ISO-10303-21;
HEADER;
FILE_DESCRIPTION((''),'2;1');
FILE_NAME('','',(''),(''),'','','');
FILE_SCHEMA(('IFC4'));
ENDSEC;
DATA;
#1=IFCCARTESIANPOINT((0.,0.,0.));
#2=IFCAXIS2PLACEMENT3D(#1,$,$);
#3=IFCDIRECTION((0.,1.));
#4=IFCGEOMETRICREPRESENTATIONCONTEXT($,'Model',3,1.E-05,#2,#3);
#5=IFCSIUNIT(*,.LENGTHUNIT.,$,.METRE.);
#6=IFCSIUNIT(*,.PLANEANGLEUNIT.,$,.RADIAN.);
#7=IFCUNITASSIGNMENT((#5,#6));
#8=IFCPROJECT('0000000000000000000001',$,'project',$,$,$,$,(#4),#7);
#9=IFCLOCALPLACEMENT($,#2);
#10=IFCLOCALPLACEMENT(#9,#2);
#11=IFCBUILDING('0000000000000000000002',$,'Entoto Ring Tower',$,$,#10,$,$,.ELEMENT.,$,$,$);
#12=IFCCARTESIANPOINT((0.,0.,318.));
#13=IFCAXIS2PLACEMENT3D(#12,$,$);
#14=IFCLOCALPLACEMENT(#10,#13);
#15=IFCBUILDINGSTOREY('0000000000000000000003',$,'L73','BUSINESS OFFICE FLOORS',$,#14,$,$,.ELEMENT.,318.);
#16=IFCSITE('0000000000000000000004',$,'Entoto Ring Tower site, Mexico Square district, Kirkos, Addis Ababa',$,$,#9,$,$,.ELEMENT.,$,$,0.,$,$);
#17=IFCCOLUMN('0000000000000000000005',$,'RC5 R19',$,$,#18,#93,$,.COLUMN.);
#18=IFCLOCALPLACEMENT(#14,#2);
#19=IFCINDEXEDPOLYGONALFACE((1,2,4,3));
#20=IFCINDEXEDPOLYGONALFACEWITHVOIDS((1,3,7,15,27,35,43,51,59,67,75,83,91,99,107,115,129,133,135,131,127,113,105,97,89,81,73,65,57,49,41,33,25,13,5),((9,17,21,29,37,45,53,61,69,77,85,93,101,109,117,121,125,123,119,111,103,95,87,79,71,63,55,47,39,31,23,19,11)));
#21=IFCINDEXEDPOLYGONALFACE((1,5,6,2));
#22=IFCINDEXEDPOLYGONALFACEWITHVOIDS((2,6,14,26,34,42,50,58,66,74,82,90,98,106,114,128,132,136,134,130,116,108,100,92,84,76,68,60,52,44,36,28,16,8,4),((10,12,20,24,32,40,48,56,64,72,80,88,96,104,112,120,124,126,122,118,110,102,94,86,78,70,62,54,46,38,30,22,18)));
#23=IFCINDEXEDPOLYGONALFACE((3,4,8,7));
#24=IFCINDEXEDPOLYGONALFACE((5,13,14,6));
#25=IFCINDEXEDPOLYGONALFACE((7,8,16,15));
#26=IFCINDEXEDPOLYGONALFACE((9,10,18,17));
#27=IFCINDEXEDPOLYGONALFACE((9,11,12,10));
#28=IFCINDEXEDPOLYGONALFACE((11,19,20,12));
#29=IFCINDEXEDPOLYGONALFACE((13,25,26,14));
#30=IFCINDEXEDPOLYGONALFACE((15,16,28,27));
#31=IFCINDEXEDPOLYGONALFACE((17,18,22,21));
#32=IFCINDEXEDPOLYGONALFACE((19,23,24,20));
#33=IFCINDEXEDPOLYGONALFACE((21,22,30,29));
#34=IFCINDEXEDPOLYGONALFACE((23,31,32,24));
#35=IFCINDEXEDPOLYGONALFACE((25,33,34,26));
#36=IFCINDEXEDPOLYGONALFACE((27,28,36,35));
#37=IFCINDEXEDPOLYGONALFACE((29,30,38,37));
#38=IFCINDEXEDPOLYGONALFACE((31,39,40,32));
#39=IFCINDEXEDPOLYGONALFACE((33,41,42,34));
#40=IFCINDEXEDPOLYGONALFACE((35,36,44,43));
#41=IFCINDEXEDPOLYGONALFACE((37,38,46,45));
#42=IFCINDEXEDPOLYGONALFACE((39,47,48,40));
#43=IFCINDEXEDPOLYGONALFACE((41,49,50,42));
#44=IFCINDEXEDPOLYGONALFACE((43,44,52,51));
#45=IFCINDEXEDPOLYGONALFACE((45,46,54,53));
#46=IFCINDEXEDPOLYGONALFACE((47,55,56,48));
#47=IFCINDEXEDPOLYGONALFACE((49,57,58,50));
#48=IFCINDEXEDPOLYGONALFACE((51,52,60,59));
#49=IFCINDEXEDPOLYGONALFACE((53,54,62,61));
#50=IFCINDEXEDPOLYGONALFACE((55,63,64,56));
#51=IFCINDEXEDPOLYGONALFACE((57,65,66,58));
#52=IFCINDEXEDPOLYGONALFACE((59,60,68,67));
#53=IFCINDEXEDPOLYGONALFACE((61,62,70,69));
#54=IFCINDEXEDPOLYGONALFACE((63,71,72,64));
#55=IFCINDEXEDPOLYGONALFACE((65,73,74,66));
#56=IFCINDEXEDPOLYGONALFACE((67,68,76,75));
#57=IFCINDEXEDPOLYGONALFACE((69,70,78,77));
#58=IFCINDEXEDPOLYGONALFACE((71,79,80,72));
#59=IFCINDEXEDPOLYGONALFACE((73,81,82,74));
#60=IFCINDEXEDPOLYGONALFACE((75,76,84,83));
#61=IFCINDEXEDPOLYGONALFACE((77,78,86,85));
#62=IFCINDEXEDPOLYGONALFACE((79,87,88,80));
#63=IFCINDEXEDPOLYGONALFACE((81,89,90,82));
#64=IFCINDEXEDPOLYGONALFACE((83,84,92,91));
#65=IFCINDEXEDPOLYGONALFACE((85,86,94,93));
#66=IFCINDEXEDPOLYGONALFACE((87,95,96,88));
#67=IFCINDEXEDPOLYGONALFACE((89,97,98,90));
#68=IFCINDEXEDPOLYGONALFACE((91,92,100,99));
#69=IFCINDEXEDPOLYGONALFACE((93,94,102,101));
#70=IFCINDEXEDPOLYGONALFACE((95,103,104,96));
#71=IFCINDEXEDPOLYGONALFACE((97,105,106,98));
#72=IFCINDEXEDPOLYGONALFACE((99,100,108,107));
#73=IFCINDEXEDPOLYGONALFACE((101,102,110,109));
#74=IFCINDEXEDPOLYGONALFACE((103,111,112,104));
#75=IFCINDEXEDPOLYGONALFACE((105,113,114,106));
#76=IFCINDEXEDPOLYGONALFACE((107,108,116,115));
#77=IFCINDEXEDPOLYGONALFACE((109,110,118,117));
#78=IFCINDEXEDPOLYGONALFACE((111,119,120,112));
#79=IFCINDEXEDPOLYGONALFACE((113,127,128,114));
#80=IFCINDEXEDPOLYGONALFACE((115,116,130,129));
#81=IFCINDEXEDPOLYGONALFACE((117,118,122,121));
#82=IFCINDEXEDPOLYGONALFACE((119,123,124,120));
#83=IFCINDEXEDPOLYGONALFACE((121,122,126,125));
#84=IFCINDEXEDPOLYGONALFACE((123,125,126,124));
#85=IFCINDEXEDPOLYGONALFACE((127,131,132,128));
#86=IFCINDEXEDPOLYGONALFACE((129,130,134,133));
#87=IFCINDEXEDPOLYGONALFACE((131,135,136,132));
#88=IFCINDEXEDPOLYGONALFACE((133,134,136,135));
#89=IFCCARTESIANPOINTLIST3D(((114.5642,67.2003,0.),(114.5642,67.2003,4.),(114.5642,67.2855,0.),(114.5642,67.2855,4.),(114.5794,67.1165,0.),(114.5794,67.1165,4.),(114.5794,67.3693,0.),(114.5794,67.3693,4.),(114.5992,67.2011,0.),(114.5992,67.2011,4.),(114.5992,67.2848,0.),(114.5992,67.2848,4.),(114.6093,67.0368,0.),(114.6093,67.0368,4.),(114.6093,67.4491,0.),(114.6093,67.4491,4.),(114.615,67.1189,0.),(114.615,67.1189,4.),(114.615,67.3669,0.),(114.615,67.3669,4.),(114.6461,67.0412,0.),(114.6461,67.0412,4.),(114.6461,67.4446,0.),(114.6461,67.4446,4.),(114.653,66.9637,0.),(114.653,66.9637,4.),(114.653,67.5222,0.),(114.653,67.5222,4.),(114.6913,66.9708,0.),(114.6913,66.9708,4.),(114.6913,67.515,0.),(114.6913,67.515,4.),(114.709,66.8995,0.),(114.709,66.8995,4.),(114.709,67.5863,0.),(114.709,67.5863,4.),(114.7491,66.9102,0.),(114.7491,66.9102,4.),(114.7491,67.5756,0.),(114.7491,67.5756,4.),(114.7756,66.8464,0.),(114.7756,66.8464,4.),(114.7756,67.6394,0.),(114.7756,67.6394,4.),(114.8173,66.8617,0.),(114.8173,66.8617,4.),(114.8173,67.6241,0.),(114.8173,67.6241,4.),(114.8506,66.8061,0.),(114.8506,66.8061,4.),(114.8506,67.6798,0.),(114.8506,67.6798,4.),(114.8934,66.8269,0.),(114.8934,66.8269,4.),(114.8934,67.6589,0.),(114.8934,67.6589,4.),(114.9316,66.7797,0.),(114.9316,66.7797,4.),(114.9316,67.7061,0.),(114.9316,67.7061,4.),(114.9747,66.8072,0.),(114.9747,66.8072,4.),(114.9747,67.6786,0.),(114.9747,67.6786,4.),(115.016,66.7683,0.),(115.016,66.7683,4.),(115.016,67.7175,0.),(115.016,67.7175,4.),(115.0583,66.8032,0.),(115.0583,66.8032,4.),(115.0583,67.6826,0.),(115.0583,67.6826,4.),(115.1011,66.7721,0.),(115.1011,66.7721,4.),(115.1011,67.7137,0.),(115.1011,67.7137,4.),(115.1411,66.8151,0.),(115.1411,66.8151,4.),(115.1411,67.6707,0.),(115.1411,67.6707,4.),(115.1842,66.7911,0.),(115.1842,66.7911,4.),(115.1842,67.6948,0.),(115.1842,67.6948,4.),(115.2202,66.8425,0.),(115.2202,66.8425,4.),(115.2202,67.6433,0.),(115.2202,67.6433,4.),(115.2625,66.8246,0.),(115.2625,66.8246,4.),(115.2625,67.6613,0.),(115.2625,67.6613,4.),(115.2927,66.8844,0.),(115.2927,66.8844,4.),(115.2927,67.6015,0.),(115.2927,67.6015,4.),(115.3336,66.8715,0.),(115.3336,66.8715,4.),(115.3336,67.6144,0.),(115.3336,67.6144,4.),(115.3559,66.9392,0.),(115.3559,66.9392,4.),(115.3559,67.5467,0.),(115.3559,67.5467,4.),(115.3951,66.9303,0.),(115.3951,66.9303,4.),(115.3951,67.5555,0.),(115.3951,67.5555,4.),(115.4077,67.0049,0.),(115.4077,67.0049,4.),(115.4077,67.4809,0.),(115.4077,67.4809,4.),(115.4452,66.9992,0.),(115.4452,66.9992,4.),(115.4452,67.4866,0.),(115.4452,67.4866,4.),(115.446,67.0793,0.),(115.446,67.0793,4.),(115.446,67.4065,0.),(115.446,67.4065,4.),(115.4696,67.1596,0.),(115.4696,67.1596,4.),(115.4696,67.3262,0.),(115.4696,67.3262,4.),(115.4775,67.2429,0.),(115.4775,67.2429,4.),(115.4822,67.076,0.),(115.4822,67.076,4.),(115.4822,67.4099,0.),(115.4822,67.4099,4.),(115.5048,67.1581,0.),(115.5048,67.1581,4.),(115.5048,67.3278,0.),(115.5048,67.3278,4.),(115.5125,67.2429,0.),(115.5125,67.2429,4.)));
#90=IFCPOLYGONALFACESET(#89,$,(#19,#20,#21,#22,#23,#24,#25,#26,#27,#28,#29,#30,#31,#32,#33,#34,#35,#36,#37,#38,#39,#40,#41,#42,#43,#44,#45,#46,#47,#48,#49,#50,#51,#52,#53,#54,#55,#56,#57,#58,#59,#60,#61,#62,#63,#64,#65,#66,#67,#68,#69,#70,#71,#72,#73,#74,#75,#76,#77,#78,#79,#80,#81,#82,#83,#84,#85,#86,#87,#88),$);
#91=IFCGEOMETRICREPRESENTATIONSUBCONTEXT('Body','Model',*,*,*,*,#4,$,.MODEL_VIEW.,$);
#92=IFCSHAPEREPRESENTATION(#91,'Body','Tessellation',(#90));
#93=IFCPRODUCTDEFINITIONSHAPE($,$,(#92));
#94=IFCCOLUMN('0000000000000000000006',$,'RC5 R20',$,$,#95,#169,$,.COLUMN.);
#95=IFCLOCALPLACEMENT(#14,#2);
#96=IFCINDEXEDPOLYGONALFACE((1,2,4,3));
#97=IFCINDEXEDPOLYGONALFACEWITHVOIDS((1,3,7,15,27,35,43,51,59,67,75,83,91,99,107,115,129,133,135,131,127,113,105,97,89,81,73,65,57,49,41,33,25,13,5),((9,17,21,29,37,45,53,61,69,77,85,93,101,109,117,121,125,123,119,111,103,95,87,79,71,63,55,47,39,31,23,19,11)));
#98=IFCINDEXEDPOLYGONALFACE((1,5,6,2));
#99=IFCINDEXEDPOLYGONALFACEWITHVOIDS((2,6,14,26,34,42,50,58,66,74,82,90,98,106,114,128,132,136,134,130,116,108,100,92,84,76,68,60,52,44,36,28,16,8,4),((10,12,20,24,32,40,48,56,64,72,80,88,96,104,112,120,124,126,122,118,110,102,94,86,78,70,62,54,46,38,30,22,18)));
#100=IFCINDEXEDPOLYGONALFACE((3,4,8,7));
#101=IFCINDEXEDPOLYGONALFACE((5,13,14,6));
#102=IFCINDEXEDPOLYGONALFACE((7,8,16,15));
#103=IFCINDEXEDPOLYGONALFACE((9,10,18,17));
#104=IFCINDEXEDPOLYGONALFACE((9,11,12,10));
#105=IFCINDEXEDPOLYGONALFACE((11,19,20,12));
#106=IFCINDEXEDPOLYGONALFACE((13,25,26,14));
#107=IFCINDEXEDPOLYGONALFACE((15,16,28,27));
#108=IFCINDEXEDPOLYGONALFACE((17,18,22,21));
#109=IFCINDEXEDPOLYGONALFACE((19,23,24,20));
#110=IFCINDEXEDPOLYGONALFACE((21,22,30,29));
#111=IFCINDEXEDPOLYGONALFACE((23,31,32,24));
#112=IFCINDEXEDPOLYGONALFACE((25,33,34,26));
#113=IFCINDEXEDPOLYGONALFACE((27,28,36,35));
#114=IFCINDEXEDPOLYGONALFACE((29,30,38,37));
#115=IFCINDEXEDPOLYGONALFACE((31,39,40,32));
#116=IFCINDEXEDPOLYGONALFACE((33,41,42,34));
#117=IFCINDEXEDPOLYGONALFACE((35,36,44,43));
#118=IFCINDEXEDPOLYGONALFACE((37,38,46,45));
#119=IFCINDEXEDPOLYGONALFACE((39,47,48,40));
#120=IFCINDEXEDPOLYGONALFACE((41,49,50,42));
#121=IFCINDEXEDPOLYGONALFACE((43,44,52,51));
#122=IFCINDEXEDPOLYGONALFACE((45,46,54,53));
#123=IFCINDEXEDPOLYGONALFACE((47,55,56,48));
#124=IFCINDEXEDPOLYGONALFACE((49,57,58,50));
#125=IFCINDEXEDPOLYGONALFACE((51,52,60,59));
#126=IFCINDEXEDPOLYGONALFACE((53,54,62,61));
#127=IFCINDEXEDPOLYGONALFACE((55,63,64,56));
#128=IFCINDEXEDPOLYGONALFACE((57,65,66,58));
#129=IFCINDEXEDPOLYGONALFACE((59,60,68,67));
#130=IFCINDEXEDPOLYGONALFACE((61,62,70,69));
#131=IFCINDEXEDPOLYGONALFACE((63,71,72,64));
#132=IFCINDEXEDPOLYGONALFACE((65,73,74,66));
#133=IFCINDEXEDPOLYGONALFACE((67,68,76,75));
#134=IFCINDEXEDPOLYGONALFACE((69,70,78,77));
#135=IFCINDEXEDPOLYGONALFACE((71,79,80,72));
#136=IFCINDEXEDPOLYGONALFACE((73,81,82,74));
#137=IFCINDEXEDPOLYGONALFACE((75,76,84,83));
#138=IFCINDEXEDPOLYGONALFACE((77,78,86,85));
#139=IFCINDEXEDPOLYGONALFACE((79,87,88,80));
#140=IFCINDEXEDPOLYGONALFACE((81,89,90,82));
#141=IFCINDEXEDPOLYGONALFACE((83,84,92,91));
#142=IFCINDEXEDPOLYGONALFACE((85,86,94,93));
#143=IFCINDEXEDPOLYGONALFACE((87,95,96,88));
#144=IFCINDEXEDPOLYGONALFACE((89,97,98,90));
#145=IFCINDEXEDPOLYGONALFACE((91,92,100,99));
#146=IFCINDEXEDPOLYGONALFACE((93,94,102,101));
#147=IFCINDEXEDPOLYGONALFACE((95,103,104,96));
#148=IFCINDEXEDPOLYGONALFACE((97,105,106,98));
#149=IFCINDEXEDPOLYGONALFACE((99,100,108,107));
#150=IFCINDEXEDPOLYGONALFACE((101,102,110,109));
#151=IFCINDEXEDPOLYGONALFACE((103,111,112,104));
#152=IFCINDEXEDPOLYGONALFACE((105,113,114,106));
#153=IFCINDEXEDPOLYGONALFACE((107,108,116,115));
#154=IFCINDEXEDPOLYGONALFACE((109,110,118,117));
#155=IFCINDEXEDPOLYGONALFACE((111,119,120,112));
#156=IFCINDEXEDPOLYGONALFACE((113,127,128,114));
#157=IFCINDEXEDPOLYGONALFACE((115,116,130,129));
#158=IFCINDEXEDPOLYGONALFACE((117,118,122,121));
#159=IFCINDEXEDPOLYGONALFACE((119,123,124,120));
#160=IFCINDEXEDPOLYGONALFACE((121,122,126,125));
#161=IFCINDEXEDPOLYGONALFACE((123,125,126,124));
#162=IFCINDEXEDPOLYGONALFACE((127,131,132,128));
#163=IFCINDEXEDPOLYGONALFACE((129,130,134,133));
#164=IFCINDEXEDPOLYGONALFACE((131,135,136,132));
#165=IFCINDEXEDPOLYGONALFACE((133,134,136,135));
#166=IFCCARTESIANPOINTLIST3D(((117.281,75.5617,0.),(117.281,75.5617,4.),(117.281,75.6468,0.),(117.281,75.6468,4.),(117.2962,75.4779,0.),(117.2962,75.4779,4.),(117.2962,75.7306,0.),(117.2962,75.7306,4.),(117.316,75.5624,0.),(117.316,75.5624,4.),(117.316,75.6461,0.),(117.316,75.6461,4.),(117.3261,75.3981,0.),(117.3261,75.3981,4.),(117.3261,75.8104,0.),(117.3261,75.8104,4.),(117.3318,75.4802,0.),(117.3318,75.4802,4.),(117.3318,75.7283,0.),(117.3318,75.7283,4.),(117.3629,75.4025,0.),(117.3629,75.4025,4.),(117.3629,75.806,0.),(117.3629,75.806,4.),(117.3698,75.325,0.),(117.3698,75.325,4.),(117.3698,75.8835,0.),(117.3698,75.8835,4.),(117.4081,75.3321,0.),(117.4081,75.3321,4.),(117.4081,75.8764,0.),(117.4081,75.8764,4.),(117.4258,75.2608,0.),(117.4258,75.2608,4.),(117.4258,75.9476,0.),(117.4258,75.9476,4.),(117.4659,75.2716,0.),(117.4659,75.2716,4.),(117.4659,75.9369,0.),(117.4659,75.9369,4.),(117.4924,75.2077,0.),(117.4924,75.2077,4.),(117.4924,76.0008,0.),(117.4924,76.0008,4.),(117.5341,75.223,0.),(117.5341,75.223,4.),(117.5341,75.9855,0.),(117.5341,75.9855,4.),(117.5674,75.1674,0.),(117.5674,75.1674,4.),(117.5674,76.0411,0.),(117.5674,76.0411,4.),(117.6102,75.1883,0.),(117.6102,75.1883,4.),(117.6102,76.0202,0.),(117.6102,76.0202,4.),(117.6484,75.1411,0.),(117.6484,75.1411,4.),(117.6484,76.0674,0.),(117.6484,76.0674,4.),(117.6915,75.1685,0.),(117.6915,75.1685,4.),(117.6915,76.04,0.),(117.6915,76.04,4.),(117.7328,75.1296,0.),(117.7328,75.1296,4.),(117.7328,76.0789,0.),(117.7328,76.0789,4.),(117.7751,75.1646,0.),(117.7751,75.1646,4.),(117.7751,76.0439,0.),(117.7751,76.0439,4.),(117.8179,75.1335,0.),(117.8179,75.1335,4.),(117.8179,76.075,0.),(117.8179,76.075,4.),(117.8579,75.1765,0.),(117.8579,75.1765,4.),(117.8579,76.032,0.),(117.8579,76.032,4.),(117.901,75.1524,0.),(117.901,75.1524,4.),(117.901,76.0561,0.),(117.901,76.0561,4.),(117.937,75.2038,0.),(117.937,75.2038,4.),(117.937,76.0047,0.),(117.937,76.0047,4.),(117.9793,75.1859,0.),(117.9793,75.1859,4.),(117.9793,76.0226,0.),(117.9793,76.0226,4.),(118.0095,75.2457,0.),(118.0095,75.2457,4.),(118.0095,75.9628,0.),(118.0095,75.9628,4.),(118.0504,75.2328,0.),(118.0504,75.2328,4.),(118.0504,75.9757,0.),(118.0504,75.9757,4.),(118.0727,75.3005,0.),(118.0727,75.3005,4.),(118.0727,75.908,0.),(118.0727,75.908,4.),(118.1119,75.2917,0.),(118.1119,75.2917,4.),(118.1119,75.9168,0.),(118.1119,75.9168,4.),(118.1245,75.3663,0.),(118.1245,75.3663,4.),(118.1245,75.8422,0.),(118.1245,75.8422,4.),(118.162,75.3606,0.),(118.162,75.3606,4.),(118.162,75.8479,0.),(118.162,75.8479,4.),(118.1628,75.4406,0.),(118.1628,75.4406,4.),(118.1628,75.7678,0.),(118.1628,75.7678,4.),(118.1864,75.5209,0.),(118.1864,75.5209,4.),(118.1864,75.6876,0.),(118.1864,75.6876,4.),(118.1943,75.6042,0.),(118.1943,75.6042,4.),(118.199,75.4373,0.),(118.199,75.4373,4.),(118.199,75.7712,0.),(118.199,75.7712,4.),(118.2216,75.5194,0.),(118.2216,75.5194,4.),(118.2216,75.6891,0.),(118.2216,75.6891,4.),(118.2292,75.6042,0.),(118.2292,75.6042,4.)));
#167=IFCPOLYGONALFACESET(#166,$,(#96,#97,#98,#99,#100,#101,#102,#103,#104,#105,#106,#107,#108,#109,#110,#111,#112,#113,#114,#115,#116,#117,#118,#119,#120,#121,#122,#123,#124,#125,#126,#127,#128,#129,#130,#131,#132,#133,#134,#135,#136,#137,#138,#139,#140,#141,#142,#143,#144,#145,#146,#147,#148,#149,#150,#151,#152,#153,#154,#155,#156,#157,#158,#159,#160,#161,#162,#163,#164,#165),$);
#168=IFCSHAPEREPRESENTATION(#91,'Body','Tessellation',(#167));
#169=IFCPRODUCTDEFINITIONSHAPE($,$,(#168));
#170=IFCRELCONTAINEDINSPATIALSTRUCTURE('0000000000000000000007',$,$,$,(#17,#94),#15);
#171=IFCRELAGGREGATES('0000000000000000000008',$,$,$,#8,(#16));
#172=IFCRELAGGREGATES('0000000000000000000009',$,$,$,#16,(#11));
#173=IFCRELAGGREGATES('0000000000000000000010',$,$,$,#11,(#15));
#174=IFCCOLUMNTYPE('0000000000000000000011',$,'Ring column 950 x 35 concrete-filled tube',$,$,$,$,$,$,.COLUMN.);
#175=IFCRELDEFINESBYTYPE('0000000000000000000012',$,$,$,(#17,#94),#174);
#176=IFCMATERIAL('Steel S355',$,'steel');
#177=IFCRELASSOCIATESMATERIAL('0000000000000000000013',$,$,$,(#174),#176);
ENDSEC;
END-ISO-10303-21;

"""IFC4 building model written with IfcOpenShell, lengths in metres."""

from ifc_helpers import new_model, si_unit, direction, frame, origin, origin_2d, place, context, subcontext, project, spatial, circle, hollow_circle, extrude, material, material_profile, profile_set, type_object, element, save


model = new_model("IFC4")

# Units and contexts
model_context = context("Model", 3, precision=1e-05, world=origin(), true_north=direction((0.0, 1.0)))
body_context = subcontext(model_context, "Body", "Model", "MODEL_VIEW")
ifc_project = project(units=[si_unit("LENGTHUNIT", "METRE"), si_unit("PLANEANGLEUNIT", "RADIAN")], contexts=[model_context])

# Site, building, storey
site_placement = place(None, origin())
site = spatial("IfcSite", under=ifc_project, at=site_placement, Name="Entoto Ring Tower site, Mexico Square district, Kirkos, Addis Ababa", CompositionType="ELEMENT", RefElevation=0.0)
building_placement = place(site_placement, origin())
building = spatial("IfcBuilding", under=site, at=building_placement, Name="Entoto Ring Tower", CompositionType="ELEMENT")
storey_placement = place(building_placement, frame((0.0, 0.0, 318.0)))
storey = spatial("IfcBuildingStorey", under=building, at=storey_placement, Name="L73", Description="BUSINESS OFFICE FLOORS", CompositionType="ELEMENT", Elevation=318.0)

# Columns
ifc_material_1 = material(Name="Steel S355", Category="steel")
ifc_material_profile_1 = material_profile(ifc_material_1, hollow_circle(Radius=0.4751, WallThickness=0.0349, at=origin_2d()), Name="CHS 950 x 35")
ifc_material_2 = material(Name="Concrete C60/75", Category="concrete")
ifc_material_profile_2 = material_profile(ifc_material_2, circle(Radius=0.4399, at=origin_2d()), Name="Concrete C60/75 infill")
ifc_profile_set_1 = profile_set([ifc_material_profile_1, ifc_material_profile_2], Name="Steel S355")
column_type = type_object("IfcColumnType", Name="Ring column 950 x 35 concrete-filled tube", PredefinedType="COLUMN", material=ifc_profile_set_1)
for number, where, z_axis, x_axis, name in (
    (1, (115.0374, 67.2429, 0.0), (0.0, 0.0, 1.0), (1.0, 0.0, 0.0), "RC5 R19"),
    (2, (117.7542, 75.6042, 0.0), (0.0, 0.0, 1.0), (1.0, 0.0, 0.0), "RC5 R20"),
):
    element("IfcColumn", number, at=place(storey_placement, frame(where, z_axis=z_axis, x_axis=x_axis)), inside=storey, type_object=column_type, Name=name, PredefinedType="COLUMN", context=body_context, shape_type="SweptSolid", body=[
        extrude(hollow_circle(Radius=0.4751, WallThickness=0.0349, at=origin_2d()), origin(), (0.0, 0.0, 1.0), 4.0),
    ])

save(model, "model.ifc")
